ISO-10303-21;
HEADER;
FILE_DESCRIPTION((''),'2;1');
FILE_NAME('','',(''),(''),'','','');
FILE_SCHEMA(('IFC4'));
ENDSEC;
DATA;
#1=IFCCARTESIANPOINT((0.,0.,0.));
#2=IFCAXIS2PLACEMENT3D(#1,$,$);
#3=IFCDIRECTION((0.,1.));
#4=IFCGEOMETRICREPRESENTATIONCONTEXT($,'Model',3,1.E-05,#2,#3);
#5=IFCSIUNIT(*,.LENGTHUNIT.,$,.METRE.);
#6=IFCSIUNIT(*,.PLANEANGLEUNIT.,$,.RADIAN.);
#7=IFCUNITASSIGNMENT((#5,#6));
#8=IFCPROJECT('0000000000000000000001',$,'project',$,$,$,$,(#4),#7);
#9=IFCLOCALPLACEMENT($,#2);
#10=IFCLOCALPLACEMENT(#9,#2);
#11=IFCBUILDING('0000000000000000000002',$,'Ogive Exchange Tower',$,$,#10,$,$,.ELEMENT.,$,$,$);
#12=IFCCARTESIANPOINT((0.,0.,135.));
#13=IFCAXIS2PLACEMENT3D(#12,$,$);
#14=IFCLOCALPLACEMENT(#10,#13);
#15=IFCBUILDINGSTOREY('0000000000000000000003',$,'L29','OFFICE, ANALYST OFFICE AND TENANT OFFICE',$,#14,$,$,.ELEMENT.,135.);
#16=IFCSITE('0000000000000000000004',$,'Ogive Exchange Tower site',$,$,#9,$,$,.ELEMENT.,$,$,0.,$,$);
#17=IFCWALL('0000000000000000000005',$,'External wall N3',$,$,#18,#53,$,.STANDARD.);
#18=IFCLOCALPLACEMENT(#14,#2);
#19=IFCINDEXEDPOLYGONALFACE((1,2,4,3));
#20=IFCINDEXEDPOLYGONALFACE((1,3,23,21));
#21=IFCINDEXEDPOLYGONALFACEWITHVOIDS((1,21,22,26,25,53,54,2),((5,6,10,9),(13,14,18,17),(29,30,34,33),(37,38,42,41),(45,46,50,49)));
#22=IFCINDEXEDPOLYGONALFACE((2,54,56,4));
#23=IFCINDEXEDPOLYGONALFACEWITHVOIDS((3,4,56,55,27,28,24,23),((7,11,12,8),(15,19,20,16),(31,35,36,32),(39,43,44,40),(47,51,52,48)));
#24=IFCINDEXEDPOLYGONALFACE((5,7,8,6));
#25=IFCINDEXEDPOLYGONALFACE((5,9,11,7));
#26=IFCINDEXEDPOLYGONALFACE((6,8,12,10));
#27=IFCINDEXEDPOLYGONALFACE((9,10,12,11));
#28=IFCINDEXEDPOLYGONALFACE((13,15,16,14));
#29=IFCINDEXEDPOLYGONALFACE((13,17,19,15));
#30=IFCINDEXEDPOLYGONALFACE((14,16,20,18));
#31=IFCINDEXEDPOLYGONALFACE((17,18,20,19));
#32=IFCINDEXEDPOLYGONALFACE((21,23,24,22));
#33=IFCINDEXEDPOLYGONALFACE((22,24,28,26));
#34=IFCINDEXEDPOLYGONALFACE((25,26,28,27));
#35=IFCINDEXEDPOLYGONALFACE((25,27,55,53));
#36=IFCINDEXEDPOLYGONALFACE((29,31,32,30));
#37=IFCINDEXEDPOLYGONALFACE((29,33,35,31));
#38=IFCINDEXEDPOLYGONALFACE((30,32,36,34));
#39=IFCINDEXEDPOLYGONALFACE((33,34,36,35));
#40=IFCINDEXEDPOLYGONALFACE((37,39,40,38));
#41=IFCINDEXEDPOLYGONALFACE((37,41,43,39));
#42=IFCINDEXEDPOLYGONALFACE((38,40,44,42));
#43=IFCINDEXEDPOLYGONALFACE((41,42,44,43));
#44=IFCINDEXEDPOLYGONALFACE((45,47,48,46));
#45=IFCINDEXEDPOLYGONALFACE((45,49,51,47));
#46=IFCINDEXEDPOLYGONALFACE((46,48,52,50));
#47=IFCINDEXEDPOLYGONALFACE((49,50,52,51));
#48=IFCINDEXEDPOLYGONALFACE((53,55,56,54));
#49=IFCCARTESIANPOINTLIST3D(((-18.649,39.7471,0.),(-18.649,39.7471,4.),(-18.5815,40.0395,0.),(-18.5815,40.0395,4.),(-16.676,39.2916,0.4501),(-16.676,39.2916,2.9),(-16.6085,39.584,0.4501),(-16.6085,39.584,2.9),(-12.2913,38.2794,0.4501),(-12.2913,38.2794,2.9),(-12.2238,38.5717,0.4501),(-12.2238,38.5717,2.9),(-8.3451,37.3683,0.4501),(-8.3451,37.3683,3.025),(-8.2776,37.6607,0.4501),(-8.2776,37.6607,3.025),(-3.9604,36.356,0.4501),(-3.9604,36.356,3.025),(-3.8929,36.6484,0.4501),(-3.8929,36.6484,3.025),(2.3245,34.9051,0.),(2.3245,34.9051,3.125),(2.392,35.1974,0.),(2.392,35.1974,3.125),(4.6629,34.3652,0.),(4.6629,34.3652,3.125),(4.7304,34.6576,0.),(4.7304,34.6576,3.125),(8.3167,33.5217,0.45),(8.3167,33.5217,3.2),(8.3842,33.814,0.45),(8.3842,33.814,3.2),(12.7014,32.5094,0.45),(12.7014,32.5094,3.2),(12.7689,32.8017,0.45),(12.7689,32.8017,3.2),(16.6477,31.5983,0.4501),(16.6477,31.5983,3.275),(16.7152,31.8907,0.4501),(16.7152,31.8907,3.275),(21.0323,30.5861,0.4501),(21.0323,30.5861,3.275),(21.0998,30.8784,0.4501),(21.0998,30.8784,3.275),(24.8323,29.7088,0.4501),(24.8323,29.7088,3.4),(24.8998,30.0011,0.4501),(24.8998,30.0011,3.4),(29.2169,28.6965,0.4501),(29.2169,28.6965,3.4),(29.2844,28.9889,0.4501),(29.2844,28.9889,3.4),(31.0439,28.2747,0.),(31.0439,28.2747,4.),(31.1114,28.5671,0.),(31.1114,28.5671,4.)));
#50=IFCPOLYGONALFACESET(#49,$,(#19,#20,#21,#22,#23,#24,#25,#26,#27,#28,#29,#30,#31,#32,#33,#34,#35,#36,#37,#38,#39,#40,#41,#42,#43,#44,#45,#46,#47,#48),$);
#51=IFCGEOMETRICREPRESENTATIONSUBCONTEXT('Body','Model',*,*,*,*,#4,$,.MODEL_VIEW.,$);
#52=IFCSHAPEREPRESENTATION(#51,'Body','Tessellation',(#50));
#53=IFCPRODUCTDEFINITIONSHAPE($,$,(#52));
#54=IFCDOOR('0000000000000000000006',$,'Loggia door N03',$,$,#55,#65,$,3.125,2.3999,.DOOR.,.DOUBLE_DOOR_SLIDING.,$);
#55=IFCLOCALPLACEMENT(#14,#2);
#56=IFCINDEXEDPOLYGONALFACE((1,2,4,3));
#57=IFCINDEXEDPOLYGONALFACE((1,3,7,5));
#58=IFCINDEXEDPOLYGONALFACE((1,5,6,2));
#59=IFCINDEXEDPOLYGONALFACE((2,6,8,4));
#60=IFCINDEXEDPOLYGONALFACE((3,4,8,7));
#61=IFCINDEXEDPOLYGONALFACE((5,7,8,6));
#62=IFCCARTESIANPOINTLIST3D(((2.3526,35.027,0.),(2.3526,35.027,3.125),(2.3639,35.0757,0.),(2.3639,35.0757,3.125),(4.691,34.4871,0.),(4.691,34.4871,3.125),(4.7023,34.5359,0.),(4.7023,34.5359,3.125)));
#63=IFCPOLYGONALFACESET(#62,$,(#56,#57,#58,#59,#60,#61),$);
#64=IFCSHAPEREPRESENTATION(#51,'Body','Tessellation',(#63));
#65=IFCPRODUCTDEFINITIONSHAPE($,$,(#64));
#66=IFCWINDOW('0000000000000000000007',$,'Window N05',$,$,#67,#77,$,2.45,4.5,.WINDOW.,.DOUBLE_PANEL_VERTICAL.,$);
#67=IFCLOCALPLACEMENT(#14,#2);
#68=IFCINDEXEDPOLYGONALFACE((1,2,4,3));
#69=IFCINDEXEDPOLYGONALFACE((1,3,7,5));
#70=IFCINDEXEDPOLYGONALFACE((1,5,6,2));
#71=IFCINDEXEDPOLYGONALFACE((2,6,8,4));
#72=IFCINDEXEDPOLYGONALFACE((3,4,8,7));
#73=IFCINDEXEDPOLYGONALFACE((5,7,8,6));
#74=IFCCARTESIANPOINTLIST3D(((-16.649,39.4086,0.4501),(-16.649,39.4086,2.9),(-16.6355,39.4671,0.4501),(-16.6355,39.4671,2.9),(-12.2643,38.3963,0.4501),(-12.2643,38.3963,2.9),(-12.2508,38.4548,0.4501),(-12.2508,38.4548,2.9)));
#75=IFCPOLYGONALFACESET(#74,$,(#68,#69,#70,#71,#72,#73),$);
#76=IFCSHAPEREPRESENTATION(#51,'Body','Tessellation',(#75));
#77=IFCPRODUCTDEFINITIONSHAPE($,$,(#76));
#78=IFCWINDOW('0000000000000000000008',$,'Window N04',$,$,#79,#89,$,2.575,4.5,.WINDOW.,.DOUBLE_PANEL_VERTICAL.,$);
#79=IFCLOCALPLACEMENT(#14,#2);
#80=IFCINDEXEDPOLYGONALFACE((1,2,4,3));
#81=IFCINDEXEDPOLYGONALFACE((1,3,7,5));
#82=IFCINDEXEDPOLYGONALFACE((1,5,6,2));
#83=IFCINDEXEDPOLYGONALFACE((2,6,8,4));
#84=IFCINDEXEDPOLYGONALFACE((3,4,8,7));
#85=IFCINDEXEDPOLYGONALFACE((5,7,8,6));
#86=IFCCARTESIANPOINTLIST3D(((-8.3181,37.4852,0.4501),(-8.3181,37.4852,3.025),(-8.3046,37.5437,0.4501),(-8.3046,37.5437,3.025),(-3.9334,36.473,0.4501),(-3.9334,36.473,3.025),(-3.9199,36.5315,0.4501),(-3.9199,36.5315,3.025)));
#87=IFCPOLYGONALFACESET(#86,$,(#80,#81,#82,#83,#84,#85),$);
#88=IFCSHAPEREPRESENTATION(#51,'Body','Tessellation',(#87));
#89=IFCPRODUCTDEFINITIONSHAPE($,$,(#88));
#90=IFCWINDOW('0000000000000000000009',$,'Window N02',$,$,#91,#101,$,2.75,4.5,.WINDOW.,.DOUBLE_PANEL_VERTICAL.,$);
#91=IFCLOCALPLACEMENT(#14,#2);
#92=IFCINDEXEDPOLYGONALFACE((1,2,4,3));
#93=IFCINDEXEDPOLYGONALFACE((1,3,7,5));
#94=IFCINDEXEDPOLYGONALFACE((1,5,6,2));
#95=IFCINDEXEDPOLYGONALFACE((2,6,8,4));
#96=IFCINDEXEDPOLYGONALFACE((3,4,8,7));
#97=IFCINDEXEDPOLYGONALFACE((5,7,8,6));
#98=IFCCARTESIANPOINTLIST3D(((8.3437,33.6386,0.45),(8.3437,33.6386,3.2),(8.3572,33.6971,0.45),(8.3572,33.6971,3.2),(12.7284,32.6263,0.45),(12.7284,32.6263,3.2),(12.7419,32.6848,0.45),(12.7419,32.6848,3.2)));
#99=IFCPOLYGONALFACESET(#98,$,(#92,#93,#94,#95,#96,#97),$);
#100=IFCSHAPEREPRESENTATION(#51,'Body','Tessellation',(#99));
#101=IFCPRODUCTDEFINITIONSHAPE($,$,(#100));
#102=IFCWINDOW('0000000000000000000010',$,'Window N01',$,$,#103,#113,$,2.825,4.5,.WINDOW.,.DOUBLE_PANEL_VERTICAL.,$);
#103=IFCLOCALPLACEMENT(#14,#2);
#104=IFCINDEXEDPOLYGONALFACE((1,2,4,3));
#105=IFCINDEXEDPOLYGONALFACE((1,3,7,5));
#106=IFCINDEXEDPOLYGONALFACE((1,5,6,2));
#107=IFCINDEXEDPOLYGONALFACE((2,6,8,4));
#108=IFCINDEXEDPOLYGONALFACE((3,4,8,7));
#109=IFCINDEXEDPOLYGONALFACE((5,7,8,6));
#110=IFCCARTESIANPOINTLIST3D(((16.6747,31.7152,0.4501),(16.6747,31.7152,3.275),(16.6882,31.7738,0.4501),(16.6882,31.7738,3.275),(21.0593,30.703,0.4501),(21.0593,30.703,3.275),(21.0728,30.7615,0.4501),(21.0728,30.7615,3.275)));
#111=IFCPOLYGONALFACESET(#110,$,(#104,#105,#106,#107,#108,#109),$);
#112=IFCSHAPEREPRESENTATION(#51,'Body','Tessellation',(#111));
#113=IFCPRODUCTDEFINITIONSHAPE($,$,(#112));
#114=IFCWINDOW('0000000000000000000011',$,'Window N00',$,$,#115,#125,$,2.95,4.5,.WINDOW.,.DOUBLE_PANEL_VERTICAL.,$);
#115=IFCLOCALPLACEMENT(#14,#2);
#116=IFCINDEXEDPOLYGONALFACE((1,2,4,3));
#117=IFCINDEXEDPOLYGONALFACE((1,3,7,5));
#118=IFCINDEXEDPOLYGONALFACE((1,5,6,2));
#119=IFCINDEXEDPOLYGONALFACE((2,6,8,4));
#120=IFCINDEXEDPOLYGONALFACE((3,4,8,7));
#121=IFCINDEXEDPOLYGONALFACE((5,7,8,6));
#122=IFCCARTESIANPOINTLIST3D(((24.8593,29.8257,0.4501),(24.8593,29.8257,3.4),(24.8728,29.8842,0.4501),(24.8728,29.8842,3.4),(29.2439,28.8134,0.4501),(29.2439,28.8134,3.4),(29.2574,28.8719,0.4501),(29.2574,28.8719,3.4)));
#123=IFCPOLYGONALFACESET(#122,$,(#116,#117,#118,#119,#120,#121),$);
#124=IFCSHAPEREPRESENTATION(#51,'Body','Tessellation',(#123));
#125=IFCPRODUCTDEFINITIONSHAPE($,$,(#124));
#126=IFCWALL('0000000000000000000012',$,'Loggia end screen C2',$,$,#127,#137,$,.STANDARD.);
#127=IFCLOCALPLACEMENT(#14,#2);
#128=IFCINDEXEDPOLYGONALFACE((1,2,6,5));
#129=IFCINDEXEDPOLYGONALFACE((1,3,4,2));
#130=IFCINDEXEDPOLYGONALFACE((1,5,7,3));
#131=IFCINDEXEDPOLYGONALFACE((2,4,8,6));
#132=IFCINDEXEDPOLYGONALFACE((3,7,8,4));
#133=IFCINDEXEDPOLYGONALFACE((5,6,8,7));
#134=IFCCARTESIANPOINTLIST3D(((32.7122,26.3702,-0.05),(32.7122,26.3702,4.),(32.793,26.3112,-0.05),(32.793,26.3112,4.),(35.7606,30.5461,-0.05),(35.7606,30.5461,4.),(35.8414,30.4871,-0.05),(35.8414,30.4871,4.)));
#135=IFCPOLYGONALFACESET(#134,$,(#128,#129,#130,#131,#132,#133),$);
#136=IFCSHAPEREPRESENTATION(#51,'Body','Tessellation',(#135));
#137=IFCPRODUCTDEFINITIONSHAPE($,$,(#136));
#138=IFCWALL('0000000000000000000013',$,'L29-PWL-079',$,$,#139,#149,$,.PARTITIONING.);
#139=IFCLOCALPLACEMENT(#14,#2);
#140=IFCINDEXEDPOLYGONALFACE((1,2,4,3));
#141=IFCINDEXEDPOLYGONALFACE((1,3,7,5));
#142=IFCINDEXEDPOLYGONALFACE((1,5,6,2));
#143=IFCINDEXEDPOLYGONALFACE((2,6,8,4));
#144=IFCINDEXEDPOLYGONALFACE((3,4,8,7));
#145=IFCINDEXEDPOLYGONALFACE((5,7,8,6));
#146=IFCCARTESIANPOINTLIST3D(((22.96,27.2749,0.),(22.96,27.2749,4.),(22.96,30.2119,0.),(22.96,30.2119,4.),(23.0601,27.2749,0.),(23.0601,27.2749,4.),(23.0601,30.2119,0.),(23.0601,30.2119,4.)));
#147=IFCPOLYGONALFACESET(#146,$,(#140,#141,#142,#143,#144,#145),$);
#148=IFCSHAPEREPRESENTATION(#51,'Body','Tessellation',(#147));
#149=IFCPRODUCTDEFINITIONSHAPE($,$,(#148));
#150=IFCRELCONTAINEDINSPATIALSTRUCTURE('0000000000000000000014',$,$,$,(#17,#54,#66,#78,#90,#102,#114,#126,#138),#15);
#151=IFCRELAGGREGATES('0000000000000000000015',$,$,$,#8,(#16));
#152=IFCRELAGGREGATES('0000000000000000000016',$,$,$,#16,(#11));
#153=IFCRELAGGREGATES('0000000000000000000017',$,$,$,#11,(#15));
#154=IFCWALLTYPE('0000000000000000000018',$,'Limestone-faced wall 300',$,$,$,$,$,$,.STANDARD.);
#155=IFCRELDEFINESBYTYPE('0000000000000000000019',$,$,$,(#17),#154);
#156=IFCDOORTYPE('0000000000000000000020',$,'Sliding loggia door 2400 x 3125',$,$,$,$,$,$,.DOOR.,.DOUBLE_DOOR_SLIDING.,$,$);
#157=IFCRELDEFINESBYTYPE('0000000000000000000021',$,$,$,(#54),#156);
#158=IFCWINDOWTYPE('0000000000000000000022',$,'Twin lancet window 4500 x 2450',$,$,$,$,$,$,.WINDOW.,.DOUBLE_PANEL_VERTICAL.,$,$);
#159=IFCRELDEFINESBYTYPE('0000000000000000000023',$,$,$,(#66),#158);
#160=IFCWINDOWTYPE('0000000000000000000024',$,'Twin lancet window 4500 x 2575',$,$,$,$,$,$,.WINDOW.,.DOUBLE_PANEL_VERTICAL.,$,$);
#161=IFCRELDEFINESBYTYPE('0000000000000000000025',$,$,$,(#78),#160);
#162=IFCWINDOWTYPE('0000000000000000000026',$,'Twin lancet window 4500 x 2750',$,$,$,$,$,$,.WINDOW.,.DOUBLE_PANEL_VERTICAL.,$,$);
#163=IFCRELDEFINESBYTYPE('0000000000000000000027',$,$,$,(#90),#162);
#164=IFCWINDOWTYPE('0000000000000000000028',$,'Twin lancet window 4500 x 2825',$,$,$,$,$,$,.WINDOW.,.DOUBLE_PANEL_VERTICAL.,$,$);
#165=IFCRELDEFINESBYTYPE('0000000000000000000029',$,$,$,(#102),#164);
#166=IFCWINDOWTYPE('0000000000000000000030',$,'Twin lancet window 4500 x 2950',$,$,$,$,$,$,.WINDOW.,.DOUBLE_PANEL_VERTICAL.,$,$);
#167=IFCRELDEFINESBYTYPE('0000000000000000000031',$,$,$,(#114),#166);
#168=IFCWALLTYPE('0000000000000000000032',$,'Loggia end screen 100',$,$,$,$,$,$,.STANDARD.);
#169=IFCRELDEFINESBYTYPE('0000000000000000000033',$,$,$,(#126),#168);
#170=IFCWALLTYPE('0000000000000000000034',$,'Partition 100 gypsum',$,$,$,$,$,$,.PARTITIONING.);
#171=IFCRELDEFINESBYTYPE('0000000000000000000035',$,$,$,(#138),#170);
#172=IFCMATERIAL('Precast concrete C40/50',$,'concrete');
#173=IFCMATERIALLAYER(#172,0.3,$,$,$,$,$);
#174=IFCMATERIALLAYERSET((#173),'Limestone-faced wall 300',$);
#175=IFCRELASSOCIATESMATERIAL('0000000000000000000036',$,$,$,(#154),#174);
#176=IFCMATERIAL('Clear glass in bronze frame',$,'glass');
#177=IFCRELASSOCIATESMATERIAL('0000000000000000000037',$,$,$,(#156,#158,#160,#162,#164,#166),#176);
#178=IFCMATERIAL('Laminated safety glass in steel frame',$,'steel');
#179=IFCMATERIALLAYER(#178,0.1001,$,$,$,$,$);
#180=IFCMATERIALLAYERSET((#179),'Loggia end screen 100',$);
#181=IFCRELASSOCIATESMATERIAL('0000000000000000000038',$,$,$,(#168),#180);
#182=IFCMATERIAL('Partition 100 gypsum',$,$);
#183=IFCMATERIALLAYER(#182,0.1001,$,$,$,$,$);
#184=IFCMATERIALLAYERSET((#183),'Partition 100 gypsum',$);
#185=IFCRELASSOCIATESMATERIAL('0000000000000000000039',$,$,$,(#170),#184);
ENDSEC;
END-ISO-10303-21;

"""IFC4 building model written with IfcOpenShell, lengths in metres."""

from ifc_helpers import new_model, si_unit, direction, frame, frame_2d, origin, place, context, subcontext, project, spatial, rectangle, extrude, material, layer, layer_set, type_object, element, fill, save


model = new_model("IFC4")

# Units and contexts
model_context = context("Model", 3, precision=1e-05, world=origin(), true_north=direction((0.0, 1.0)))
body_context = subcontext(model_context, "Body", "Model", "MODEL_VIEW")
ifc_project = project(units=[si_unit("LENGTHUNIT", "METRE"), si_unit("PLANEANGLEUNIT", "RADIAN")], contexts=[model_context])

# Site, building, storey
site_placement = place(None, origin())
site = spatial("IfcSite", under=ifc_project, at=site_placement, Name="Ogive Exchange Tower site", CompositionType="ELEMENT", RefElevation=0.0)
building_placement = place(site_placement, origin())
building = spatial("IfcBuilding", under=site, at=building_placement, Name="Ogive Exchange Tower", CompositionType="ELEMENT")
storey_placement = place(building_placement, frame((0.0, 0.0, 135.0)))
storey = spatial("IfcBuildingStorey", under=building, at=storey_placement, Name="L29", Description="OFFICE, ANALYST OFFICE AND TENANT OFFICE", CompositionType="ELEMENT", Elevation=135.0)

# Wall, openings, door, windows
ifc_material_1 = material(Name="Precast concrete C40/50", Category="concrete")
ifc_layer_1 = layer(ifc_material_1, 0.3)
ifc_layer_set_1 = layer_set([ifc_layer_1], Name="Limestone-faced wall 300")
wall_type_1 = type_object("IfcWallType", Name="Limestone-faced wall 300", PredefinedType="STANDARD", material=ifc_layer_set_1)
wall_1_placement = place(storey_placement, frame((31.0776, 28.4209, 0.0), z_axis=(0.0, 0.0, 1.0), x_axis=(-0.97437, 0.224949, 0.0)))
wall_1 = element("IfcWall", 1, at=wall_1_placement, inside=storey, type_object=wall_type_1, Name="External wall N3", PredefinedType="STANDARD", context=body_context, shape_type="SweptSolid", body=[
    extrude(rectangle(XDim=51.0, YDim=0.3, at=frame_2d((25.5, 0.0))), origin(), (0.0, 0.0, 1.0), 4.0),
])
opening_1_placement = place(wall_1_placement, frame((1.875, 0.0, 0.45)))
opening_1 = element("IfcOpeningElement", 2, at=opening_1_placement, cuts=wall_1, PredefinedType="OPENING", context=body_context, shape_type="SweptSolid", body=[
    extrude(rectangle(XDim=4.5, YDim=2.95, at=frame_2d((2.25, 1.4751))), frame((0.0, 0.1599, 0.0), z_axis=(0.0, -1.0, 0.0), x_axis=(1.0, 0.0, 0.0)), (0.0, 0.0, 1.0), 0.3201),
])
opening_2_placement = place(wall_1_placement, frame((10.2749, 0.0, 0.45)))
opening_2 = element("IfcOpeningElement", 3, at=opening_2_placement, cuts=wall_1, PredefinedType="OPENING", context=body_context, shape_type="SweptSolid", body=[
    extrude(rectangle(XDim=4.5, YDim=2.825, at=frame_2d((2.25, 1.4126))), frame((0.0, 0.1599, 0.0), z_axis=(0.0, -1.0, 0.0), x_axis=(1.0, 0.0, 0.0)), (0.0, 0.0, 1.0), 0.3201),
])
opening_3_placement = place(wall_1_placement, frame((18.825, 0.0, 0.45)))
opening_3 = element("IfcOpeningElement", 4, at=opening_3_placement, cuts=wall_1, PredefinedType="OPENING", context=body_context, shape_type="SweptSolid", body=[
    extrude(rectangle(XDim=4.5, YDim=2.75, at=frame_2d((2.25, 1.375))), frame((0.0, 0.1599, 0.0), z_axis=(0.0, -1.0, 0.0), x_axis=(1.0, 0.0, 0.0)), (0.0, 0.0, 1.0), 0.3201),
])
opening_4_placement = place(wall_1_placement, frame((27.075, 0.0, 0.0)))
opening_4 = element("IfcOpeningElement", 5, at=opening_4_placement, cuts=wall_1, PredefinedType="OPENING", context=body_context, shape_type="SweptSolid", body=[
    extrude(rectangle(XDim=2.3999, YDim=3.125, at=frame_2d((1.2, 1.5625))), frame((0.0, 0.1599, 0.0), z_axis=(0.0, -1.0, 0.0), x_axis=(1.0, 0.0, 0.0)), (0.0, 0.0, 1.0), 0.3201),
])
opening_5_placement = place(wall_1_placement, frame((35.925, 0.0, 0.45)))
opening_5 = element("IfcOpeningElement", 6, at=opening_5_placement, cuts=wall_1, PredefinedType="OPENING", context=body_context, shape_type="SweptSolid", body=[
    extrude(rectangle(XDim=4.5, YDim=2.575, at=frame_2d((2.25, 1.2876))), frame((0.0, 0.1599, 0.0), z_axis=(0.0, -1.0, 0.0), x_axis=(1.0, 0.0, 0.0)), (0.0, 0.0, 1.0), 0.3201),
])
opening_6_placement = place(wall_1_placement, frame((44.4751, 0.0, 0.45)))
opening_6 = element("IfcOpeningElement", 7, at=opening_6_placement, cuts=wall_1, PredefinedType="OPENING", context=body_context, shape_type="SweptSolid", body=[
    extrude(rectangle(XDim=4.5, YDim=2.45, at=frame_2d((2.25, 1.2251))), frame((0.0, 0.1599, 0.0), z_axis=(0.0, -1.0, 0.0), x_axis=(1.0, 0.0, 0.0)), (0.0, 0.0, 1.0), 0.3201),
])
ifc_material_2 = material(Name="Clear glass in bronze frame", Category="glass")
door_type_1 = type_object("IfcDoorType", Name="Sliding loggia door 2400 x 3125", OperationType="DOUBLE_DOOR_SLIDING", PredefinedType="DOOR", material=ifc_material_2)
door_1_placement = place(opening_4_placement, origin())
door_1 = element("IfcDoor", 8, at=door_1_placement, inside=storey, type_object=door_type_1, Name="Loggia door N03", OperationType="DOUBLE_DOOR_SLIDING", OverallHeight=3.125, OverallWidth=2.3999, PredefinedType="DOOR", context=body_context, shape_type="SweptSolid", body=[
    extrude(rectangle(XDim=2.3999, YDim=3.125, at=frame_2d((1.2, 1.5625))), frame((0.0, 0.0249, 0.0), z_axis=(0.0, -1.0, 0.0), x_axis=(1.0, 0.0, 0.0)), (0.0, 0.0, 1.0), 0.05),
])
fill(opening_4, door_1)
window_type_1 = type_object("IfcWindowType", Name="Twin lancet window 4500 x 2450", PartitioningType="DOUBLE_PANEL_VERTICAL", PredefinedType="WINDOW", material=ifc_material_2)
window_1_placement = place(opening_6_placement, origin())
window_1 = element("IfcWindow", 9, at=window_1_placement, inside=storey, type_object=window_type_1, Name="Window N05", OverallHeight=2.45, OverallWidth=4.5, PartitioningType="DOUBLE_PANEL_VERTICAL", PredefinedType="WINDOW", context=body_context, shape_type="SweptSolid", body=[
    extrude(rectangle(XDim=4.5, YDim=2.45, at=frame_2d((2.25, 1.2251))), frame((0.0, 0.03, 0.0), z_axis=(0.0, -1.0, 0.0), x_axis=(1.0, 0.0, 0.0)), (0.0, 0.0, 1.0), 0.0601),
])
fill(opening_6, window_1)
window_type_2 = type_object("IfcWindowType", Name="Twin lancet window 4500 x 2575", PartitioningType="DOUBLE_PANEL_VERTICAL", PredefinedType="WINDOW", material=ifc_material_2)
window_2_placement = place(opening_5_placement, origin())
window_2 = element("IfcWindow", 10, at=window_2_placement, inside=storey, type_object=window_type_2, Name="Window N04", OverallHeight=2.575, OverallWidth=4.5, PartitioningType="DOUBLE_PANEL_VERTICAL", PredefinedType="WINDOW", context=body_context, shape_type="SweptSolid", body=[
    extrude(rectangle(XDim=4.5, YDim=2.575, at=frame_2d((2.25, 1.2876))), frame((0.0, 0.03, 0.0), z_axis=(0.0, -1.0, 0.0), x_axis=(1.0, 0.0, 0.0)), (0.0, 0.0, 1.0), 0.0601),
])
fill(opening_5, window_2)
window_type_3 = type_object("IfcWindowType", Name="Twin lancet window 4500 x 2750", PartitioningType="DOUBLE_PANEL_VERTICAL", PredefinedType="WINDOW", material=ifc_material_2)
window_3_placement = place(opening_3_placement, origin())
window_3 = element("IfcWindow", 11, at=window_3_placement, inside=storey, type_object=window_type_3, Name="Window N02", OverallHeight=2.75, OverallWidth=4.5, PartitioningType="DOUBLE_PANEL_VERTICAL", PredefinedType="WINDOW", context=body_context, shape_type="SweptSolid", body=[
    extrude(rectangle(XDim=4.5, YDim=2.75, at=frame_2d((2.25, 1.375))), frame((0.0, 0.03, 0.0), z_axis=(0.0, -1.0, 0.0), x_axis=(1.0, 0.0, 0.0)), (0.0, 0.0, 1.0), 0.0601),
])
fill(opening_3, window_3)
window_type_4 = type_object("IfcWindowType", Name="Twin lancet window 4500 x 2825", PartitioningType="DOUBLE_PANEL_VERTICAL", PredefinedType="WINDOW", material=ifc_material_2)
window_4_placement = place(opening_2_placement, origin())
window_4 = element("IfcWindow", 12, at=window_4_placement, inside=storey, type_object=window_type_4, Name="Window N01", OverallHeight=2.825, OverallWidth=4.5, PartitioningType="DOUBLE_PANEL_VERTICAL", PredefinedType="WINDOW", context=body_context, shape_type="SweptSolid", body=[
    extrude(rectangle(XDim=4.5, YDim=2.825, at=frame_2d((2.25, 1.4126))), frame((0.0, 0.03, 0.0), z_axis=(0.0, -1.0, 0.0), x_axis=(1.0, 0.0, 0.0)), (0.0, 0.0, 1.0), 0.0601),
])
fill(opening_2, window_4)
window_type_5 = type_object("IfcWindowType", Name="Twin lancet window 4500 x 2950", PartitioningType="DOUBLE_PANEL_VERTICAL", PredefinedType="WINDOW", material=ifc_material_2)
window_5_placement = place(opening_1_placement, origin())
window_5 = element("IfcWindow", 13, at=window_5_placement, inside=storey, type_object=window_type_5, Name="Window N00", OverallHeight=2.95, OverallWidth=4.5, PartitioningType="DOUBLE_PANEL_VERTICAL", PredefinedType="WINDOW", context=body_context, shape_type="SweptSolid", body=[
    extrude(rectangle(XDim=4.5, YDim=2.95, at=frame_2d((2.25, 1.4751))), frame((0.0, 0.03, 0.0), z_axis=(0.0, -1.0, 0.0), x_axis=(1.0, 0.0, 0.0)), (0.0, 0.0, 1.0), 0.0601),
])
fill(opening_1, window_5)

# Walls
ifc_material_3 = material(Name="Laminated safety glass in steel frame", Category="steel")
ifc_layer_2 = layer(ifc_material_3, 0.1001)
ifc_layer_set_2 = layer_set([ifc_layer_2], Name="Loggia end screen 100")
wall_type_2 = type_object("IfcWallType", Name="Loggia end screen 100", PredefinedType="STANDARD", material=ifc_layer_set_2)
wall_2_placement = place(storey_placement, frame((32.7527, 26.3408, -0.05), z_axis=(0.0, 0.0, 1.0), x_axis=(0.589614, 0.807685, 0.0)))
element("IfcWall", 14, at=wall_2_placement, inside=storey, type_object=wall_type_2, Name="Loggia end screen C2", PredefinedType="STANDARD", context=body_context, shape_type="SweptSolid", body=[
    extrude(rectangle(XDim=5.1702, YDim=0.1001, at=frame_2d((2.585, 0.0))), origin(), (0.0, 0.0, 1.0), 4.05),
])
ifc_material_4 = material(Name="Partition 100 gypsum")
ifc_layer_3 = layer(ifc_material_4, 0.1001)
ifc_layer_set_3 = layer_set([ifc_layer_3], Name="Partition 100 gypsum")
wall_type_3 = type_object("IfcWallType", Name="Partition 100 gypsum", PredefinedType="PARTITIONING", material=ifc_layer_set_3)
wall_3_placement = place(storey_placement, frame((23.01, 30.2119, 0.0), z_axis=(0.0, 0.0, 1.0), x_axis=(0.0, -1.0, 0.0)))
element("IfcWall", 15, at=wall_3_placement, inside=storey, type_object=wall_type_3, Name="L29-PWL-079", PredefinedType="PARTITIONING", context=body_context, shape_type="SweptSolid", body=[
    extrude(rectangle(XDim=2.937, YDim=0.1001, at=frame_2d((1.4685, 0.0))), origin(), (0.0, 0.0, 1.0), 4.0),
])

save(model, "model.ifc")
